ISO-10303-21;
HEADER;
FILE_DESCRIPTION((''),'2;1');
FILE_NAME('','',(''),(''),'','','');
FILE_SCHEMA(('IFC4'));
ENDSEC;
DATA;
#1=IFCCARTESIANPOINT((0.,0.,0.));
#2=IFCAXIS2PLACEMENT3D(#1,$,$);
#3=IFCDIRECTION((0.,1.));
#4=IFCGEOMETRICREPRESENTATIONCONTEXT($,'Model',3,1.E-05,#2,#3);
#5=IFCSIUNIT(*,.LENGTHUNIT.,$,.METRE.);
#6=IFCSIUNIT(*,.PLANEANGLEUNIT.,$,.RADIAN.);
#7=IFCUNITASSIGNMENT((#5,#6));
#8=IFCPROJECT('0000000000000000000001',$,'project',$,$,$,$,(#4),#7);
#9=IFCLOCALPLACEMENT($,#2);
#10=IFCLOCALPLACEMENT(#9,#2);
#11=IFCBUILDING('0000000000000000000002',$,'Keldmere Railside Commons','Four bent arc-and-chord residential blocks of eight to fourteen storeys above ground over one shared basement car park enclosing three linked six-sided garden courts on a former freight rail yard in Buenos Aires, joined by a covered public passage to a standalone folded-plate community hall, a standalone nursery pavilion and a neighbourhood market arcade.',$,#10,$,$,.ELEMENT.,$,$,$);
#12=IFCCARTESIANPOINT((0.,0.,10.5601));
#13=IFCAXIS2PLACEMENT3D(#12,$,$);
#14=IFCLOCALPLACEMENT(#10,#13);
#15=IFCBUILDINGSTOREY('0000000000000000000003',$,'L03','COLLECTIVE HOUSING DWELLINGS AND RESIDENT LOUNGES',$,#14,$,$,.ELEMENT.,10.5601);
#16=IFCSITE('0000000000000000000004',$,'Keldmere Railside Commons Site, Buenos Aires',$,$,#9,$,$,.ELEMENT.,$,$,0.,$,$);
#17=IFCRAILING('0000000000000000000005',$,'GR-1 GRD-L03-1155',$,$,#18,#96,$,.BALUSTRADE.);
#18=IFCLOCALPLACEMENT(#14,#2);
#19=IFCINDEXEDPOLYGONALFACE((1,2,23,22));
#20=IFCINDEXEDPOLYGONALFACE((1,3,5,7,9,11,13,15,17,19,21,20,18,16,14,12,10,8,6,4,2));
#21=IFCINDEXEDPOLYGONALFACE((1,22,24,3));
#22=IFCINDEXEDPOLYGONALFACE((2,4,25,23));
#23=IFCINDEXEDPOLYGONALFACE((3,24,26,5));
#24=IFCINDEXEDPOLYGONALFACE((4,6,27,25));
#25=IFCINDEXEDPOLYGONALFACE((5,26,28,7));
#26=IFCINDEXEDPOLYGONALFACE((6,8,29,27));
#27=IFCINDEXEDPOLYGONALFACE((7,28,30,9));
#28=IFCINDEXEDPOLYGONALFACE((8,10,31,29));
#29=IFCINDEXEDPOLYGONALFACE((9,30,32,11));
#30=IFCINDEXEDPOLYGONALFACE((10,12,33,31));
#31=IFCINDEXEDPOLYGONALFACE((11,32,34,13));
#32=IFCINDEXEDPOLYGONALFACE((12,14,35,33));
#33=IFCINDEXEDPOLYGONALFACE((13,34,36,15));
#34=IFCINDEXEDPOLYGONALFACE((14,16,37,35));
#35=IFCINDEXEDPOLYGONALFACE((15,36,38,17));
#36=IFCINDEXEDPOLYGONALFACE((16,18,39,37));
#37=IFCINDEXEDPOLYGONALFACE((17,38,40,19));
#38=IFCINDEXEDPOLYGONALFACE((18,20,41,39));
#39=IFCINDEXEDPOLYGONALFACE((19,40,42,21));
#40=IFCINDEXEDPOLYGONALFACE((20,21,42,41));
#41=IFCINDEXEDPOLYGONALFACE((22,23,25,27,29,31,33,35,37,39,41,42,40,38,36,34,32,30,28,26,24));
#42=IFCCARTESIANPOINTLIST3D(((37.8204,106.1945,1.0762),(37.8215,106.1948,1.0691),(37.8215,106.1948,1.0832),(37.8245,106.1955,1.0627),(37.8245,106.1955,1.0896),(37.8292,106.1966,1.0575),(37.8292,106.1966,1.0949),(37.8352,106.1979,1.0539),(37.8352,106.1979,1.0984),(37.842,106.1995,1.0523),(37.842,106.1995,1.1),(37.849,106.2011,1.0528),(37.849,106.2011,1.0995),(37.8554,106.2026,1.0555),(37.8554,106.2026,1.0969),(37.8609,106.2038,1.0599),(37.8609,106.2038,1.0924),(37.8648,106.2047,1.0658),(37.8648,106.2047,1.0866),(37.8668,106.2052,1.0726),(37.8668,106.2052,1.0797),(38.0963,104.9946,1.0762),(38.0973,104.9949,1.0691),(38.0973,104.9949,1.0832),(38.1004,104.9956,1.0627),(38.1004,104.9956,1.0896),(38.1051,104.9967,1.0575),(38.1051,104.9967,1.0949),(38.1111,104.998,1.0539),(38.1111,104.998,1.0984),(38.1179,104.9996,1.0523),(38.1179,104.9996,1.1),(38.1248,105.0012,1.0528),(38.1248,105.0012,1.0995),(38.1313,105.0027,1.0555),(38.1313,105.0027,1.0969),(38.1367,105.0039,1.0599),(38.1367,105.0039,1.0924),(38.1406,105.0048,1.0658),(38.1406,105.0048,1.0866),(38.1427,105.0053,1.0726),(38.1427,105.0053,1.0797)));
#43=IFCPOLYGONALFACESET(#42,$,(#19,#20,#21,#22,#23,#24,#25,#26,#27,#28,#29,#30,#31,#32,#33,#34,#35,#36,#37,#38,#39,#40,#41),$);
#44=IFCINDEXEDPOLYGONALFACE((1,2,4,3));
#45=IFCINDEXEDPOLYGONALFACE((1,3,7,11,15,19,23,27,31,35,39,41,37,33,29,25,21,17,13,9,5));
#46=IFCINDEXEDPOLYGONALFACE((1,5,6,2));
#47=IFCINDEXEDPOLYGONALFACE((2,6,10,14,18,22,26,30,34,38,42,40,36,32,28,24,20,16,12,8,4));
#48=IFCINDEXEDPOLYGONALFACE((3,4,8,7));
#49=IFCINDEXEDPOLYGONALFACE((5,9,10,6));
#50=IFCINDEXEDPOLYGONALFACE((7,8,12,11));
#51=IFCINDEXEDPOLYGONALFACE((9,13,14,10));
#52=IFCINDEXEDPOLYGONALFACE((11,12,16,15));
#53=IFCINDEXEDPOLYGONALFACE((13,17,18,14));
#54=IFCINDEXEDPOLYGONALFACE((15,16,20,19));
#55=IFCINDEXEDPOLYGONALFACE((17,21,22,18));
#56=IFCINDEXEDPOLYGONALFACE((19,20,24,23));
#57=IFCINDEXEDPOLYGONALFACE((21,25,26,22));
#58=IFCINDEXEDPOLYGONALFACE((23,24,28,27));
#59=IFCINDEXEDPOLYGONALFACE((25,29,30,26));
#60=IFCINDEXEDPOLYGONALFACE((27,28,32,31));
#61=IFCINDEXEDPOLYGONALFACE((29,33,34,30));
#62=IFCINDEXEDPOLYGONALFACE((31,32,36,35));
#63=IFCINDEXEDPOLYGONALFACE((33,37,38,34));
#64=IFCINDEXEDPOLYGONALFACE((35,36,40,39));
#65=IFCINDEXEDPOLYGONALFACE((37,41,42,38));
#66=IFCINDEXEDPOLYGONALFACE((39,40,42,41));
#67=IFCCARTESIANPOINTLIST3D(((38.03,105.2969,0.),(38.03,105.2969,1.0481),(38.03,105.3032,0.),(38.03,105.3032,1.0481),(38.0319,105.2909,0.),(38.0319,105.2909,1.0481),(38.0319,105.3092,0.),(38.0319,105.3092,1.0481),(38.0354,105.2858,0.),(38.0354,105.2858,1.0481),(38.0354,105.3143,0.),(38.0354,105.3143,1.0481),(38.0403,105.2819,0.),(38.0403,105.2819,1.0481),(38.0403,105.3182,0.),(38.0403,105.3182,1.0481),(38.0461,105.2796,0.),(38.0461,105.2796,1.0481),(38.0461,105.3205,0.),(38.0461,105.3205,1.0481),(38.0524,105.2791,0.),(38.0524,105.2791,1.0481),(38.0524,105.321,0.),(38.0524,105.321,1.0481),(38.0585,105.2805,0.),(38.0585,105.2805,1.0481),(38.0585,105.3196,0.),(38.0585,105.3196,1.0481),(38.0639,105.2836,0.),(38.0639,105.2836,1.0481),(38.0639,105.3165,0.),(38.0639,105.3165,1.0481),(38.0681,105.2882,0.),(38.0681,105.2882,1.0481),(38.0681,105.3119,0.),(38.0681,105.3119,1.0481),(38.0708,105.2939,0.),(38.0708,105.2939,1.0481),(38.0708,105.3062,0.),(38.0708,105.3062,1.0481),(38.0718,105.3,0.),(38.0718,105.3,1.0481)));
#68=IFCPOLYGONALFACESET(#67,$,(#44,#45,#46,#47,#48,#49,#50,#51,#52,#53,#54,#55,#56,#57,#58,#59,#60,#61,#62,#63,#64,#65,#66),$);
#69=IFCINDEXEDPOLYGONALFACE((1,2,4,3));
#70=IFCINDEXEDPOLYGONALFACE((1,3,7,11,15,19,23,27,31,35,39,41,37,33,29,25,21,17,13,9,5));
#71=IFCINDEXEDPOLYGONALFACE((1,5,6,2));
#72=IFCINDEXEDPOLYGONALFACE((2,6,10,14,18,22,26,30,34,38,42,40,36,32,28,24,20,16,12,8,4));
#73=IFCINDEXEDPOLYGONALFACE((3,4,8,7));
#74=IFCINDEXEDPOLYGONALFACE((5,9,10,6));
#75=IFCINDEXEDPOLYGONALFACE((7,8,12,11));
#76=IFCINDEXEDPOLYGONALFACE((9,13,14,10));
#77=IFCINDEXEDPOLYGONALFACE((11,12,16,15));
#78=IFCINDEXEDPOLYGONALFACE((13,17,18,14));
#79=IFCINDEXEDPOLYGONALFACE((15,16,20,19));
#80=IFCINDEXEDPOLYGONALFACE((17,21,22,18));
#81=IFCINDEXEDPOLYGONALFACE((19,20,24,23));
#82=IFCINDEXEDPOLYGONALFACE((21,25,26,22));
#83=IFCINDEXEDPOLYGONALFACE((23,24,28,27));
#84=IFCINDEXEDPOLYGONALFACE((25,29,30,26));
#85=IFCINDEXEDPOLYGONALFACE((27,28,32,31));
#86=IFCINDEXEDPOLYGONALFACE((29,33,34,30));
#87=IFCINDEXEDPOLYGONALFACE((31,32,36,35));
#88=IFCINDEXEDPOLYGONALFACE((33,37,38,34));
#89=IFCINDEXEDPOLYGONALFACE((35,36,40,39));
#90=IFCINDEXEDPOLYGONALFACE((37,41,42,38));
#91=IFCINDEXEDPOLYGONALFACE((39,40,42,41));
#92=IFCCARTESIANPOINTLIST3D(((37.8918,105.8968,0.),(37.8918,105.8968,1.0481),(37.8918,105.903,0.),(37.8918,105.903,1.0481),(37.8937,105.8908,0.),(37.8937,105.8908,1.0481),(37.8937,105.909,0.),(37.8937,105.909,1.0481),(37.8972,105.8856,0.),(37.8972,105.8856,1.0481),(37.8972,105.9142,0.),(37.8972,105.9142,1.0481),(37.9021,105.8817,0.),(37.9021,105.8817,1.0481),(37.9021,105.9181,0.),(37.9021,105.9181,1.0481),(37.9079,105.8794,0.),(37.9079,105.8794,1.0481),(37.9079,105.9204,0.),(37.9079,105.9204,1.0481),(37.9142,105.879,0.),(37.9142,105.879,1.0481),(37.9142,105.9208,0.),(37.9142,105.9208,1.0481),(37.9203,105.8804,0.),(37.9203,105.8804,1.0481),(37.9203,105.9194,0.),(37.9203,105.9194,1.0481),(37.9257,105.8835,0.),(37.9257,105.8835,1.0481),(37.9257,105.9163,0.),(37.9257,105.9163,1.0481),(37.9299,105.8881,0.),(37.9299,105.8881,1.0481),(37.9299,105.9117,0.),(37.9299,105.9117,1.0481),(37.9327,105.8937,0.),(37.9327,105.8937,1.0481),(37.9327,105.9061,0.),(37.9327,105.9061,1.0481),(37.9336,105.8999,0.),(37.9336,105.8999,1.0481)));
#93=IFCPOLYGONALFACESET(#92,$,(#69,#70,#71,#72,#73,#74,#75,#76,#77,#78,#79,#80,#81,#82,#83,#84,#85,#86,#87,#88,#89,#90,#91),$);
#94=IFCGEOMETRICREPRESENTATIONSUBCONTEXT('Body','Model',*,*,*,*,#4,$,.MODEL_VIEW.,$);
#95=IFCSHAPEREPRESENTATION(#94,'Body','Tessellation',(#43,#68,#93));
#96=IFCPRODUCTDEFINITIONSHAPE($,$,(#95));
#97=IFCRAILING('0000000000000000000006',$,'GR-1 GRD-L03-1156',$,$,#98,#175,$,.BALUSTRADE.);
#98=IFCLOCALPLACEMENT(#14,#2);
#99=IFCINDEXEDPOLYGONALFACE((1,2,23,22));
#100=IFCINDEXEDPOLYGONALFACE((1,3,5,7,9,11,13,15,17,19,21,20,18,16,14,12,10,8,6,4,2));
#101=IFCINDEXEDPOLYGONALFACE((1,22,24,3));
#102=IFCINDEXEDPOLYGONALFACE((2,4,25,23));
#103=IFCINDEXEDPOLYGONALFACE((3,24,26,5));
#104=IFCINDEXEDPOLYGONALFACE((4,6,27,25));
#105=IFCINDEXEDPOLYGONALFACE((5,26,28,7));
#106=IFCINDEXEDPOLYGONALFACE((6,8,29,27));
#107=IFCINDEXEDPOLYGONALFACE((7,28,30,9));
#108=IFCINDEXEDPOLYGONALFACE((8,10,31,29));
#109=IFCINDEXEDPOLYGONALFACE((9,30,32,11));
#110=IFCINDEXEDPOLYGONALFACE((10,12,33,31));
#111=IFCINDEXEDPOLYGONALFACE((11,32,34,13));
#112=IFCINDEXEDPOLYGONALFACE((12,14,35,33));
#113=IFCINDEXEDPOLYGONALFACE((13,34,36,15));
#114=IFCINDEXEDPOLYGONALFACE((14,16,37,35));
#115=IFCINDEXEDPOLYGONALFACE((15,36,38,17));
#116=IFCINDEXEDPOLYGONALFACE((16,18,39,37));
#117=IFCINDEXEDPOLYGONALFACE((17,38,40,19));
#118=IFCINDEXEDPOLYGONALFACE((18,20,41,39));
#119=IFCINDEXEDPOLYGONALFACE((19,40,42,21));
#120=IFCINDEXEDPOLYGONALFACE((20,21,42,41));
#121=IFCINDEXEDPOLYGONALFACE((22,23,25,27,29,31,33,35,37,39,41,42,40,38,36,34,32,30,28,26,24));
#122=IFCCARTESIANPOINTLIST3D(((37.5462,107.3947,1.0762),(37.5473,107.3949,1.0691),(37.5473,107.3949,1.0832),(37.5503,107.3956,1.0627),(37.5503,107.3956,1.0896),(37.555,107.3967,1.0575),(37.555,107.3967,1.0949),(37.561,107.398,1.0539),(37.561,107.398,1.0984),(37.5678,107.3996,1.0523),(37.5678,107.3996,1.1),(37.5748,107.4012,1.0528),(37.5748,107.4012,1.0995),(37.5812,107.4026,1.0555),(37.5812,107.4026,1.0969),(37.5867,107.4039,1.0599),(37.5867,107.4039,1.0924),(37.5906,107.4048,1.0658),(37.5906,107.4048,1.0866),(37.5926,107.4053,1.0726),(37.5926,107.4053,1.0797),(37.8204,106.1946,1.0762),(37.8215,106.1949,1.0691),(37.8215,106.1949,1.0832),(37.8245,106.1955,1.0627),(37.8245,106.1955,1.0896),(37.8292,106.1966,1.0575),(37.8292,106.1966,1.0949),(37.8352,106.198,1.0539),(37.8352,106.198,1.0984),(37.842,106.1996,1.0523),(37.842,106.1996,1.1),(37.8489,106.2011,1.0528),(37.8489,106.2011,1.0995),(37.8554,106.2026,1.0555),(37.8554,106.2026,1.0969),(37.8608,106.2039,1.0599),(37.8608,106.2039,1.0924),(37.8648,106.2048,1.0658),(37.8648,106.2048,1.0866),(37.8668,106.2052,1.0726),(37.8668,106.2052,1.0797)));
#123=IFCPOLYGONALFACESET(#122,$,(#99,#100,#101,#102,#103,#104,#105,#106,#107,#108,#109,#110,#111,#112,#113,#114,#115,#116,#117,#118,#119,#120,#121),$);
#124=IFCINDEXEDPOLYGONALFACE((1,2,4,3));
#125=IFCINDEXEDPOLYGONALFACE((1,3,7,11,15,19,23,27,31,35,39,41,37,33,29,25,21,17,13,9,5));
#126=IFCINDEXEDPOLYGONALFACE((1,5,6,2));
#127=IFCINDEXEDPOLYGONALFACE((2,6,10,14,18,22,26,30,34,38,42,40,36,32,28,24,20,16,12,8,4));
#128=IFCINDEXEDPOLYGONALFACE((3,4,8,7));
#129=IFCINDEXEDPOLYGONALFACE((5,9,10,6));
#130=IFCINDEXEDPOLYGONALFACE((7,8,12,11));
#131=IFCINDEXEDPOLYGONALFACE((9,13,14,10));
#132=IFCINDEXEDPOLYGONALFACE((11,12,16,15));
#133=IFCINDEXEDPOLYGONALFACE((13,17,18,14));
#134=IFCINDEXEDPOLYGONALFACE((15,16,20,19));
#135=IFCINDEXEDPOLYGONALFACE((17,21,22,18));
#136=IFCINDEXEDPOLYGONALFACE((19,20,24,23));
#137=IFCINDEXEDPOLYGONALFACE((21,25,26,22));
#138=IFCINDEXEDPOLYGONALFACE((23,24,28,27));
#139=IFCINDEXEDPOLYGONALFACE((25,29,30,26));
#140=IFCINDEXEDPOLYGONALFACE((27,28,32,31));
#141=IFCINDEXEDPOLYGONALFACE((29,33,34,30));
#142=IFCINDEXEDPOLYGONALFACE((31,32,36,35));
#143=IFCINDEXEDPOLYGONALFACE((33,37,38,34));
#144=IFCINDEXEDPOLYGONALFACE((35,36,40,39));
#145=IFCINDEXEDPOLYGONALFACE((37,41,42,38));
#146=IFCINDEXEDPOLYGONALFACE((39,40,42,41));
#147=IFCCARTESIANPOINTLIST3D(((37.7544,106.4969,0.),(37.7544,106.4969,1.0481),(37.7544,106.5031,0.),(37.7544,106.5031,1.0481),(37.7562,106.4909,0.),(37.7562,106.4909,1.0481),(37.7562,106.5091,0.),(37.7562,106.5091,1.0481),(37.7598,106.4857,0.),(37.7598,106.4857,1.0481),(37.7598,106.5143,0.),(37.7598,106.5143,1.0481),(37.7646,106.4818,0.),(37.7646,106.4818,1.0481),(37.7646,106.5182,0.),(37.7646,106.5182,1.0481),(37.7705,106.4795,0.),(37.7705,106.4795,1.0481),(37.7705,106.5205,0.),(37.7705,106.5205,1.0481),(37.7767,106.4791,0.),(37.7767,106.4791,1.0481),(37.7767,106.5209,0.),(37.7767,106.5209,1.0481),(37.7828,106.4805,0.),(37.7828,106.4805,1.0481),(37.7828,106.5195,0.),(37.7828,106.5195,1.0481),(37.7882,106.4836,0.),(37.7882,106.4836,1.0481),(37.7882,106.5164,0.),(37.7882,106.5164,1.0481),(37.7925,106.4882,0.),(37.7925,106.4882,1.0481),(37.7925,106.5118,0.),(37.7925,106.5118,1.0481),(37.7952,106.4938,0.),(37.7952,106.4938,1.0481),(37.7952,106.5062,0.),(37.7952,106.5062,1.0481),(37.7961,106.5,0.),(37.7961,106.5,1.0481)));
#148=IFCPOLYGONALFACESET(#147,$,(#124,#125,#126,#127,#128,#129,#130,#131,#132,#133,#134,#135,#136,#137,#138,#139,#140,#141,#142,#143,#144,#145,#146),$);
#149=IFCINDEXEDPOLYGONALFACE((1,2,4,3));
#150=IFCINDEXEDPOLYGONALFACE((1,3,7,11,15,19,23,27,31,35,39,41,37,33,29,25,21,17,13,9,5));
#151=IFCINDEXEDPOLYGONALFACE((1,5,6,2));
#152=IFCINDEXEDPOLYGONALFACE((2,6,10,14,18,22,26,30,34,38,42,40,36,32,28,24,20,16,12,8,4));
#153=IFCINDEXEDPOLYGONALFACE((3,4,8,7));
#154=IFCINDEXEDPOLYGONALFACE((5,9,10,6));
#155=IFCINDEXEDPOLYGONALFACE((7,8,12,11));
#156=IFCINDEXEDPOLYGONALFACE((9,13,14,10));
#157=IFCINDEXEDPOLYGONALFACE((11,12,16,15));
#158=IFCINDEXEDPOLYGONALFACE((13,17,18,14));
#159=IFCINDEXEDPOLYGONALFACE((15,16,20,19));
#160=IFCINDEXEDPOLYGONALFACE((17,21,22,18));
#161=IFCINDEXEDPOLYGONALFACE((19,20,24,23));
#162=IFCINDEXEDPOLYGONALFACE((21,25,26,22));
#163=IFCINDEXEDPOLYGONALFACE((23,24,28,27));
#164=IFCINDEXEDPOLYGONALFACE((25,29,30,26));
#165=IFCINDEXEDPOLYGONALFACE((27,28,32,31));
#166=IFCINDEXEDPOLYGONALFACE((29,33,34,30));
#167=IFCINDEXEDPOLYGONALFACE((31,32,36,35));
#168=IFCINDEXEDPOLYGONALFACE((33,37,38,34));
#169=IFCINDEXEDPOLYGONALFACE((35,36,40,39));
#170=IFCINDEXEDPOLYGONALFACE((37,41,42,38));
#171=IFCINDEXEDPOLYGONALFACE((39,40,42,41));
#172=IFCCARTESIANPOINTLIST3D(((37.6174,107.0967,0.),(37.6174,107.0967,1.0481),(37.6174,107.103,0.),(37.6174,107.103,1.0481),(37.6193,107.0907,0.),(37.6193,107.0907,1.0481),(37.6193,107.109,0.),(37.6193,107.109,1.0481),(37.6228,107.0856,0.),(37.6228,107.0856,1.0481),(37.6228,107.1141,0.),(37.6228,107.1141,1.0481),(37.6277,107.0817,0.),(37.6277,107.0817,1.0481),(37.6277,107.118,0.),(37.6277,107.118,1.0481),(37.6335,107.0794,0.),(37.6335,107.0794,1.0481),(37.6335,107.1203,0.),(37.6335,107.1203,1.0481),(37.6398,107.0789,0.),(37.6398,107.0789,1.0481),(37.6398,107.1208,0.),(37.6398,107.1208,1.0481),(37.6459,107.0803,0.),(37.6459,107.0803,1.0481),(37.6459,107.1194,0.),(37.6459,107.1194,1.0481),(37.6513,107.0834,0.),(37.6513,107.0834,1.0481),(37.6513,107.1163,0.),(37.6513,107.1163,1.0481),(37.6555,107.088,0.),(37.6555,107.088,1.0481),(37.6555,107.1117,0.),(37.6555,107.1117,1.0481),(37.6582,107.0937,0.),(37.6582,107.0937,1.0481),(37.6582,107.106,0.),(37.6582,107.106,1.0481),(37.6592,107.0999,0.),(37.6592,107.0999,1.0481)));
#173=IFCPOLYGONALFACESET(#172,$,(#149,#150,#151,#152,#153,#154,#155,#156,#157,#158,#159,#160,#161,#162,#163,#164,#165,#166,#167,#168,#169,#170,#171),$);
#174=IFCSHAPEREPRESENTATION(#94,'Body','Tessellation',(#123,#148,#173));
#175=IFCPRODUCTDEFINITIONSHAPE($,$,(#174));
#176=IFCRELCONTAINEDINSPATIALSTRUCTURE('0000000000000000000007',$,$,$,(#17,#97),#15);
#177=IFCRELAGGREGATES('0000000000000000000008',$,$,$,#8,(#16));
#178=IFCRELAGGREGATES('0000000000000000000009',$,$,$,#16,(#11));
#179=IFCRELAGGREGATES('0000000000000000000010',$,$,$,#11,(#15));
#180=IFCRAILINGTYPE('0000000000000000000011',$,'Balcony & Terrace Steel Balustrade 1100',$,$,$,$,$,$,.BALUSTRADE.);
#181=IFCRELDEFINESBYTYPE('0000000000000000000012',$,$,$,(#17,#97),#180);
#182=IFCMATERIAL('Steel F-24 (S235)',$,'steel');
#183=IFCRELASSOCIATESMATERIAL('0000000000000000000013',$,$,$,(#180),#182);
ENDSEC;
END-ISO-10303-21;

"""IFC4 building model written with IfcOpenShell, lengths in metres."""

from ifc_helpers import new_model, si_unit, direction, frame, origin, origin_2d, place, context, subcontext, project, spatial, circle, extrude, material, type_object, element, save


model = new_model("IFC4")

# Units and contexts
model_context = context("Model", 3, precision=1e-05, world=origin(), true_north=direction((0.0, 1.0)))
body_context = subcontext(model_context, "Body", "Model", "MODEL_VIEW")
ifc_project = project(units=[si_unit("LENGTHUNIT", "METRE"), si_unit("PLANEANGLEUNIT", "RADIAN")], contexts=[model_context])

# Site, building, storey
site_placement = place(None, origin())
site = spatial("IfcSite", under=ifc_project, at=site_placement, Name="Keldmere Railside Commons Site, Buenos Aires", CompositionType="ELEMENT", RefElevation=0.0)
building_placement = place(site_placement, origin())
building = spatial("IfcBuilding", under=site, at=building_placement, Name="Keldmere Railside Commons", Description="Four bent arc-and-chord residential blocks of eight to fourteen storeys above ground over one shared basement car park enclosing three linked six-sided garden courts on a former freight rail yard in Buenos Aires, joined by a covered public passage to a standalone folded-plate community hall, a standalone nursery pavilion and a neighbourhood market arcade.", CompositionType="ELEMENT")
storey_placement = place(building_placement, frame((0.0, 0.0, 10.5601)))
storey = spatial("IfcBuildingStorey", under=building, at=storey_placement, Name="L03", Description="COLLECTIVE HOUSING DWELLINGS AND RESIDENT LOUNGES", CompositionType="ELEMENT", Elevation=10.5601)

# Shared definitions
ifc_material_1 = material(Name="Steel F-24 (S235)", Category="steel")

# Railings
railing_type_1 = type_object("IfcRailingType", Name="Balcony & Terrace Steel Balustrade 1100", PredefinedType="BALUSTRADE", material=ifc_material_1)
railing_1_placement = place(storey_placement, frame((38.1196, 105.0, 0.0)))
element("IfcRailing", 1, at=railing_1_placement, inside=storey, type_object=railing_type_1, Name="GR-1 GRD-L03-1155", PredefinedType="BALUSTRADE", context=body_context, shape_type="SweptSolid", body=[
    extrude(circle(Radius=0.0239, at=origin_2d()), frame((0.0, 0.0, 1.0762), z_axis=(-0.224063, 0.974575, 0.0), x_axis=(-0.974575, -0.224063, 0.0)), (0.0, 0.0, 1.0), 1.2312),
    extrude(circle(Radius=0.021, at=origin_2d()), frame((-0.0688, 0.3, 0.0)), (0.0, 0.0, 1.0), 1.0481),
    extrude(circle(Radius=0.021, at=origin_2d()), frame((-0.207, 0.8999, 0.0)), (0.0, 0.0, 1.0), 1.0481),
])
railing_2_placement = place(storey_placement, frame((37.8438, 106.2, 0.0)))
element("IfcRailing", 2, at=railing_2_placement, inside=storey, type_object=railing_type_1, Name="GR-1 GRD-L03-1156", PredefinedType="BALUSTRADE", context=body_context, shape_type="SweptSolid", body=[
    extrude(circle(Radius=0.0239, at=origin_2d()), frame((0.0, 0.0, 1.0762), z_axis=(-0.222744, 0.974877, 0.0), x_axis=(-0.974877, -0.222744, 0.0)), (0.0, 0.0, 1.0), 1.231),
    extrude(circle(Radius=0.021, at=origin_2d()), frame((-0.0686, 0.3, 0.0)), (0.0, 0.0, 1.0), 1.0481),
    extrude(circle(Radius=0.021, at=origin_2d()), frame((-0.2056, 0.8999, 0.0)), (0.0, 0.0, 1.0), 1.0481),
])

save(model, "model.ifc")
